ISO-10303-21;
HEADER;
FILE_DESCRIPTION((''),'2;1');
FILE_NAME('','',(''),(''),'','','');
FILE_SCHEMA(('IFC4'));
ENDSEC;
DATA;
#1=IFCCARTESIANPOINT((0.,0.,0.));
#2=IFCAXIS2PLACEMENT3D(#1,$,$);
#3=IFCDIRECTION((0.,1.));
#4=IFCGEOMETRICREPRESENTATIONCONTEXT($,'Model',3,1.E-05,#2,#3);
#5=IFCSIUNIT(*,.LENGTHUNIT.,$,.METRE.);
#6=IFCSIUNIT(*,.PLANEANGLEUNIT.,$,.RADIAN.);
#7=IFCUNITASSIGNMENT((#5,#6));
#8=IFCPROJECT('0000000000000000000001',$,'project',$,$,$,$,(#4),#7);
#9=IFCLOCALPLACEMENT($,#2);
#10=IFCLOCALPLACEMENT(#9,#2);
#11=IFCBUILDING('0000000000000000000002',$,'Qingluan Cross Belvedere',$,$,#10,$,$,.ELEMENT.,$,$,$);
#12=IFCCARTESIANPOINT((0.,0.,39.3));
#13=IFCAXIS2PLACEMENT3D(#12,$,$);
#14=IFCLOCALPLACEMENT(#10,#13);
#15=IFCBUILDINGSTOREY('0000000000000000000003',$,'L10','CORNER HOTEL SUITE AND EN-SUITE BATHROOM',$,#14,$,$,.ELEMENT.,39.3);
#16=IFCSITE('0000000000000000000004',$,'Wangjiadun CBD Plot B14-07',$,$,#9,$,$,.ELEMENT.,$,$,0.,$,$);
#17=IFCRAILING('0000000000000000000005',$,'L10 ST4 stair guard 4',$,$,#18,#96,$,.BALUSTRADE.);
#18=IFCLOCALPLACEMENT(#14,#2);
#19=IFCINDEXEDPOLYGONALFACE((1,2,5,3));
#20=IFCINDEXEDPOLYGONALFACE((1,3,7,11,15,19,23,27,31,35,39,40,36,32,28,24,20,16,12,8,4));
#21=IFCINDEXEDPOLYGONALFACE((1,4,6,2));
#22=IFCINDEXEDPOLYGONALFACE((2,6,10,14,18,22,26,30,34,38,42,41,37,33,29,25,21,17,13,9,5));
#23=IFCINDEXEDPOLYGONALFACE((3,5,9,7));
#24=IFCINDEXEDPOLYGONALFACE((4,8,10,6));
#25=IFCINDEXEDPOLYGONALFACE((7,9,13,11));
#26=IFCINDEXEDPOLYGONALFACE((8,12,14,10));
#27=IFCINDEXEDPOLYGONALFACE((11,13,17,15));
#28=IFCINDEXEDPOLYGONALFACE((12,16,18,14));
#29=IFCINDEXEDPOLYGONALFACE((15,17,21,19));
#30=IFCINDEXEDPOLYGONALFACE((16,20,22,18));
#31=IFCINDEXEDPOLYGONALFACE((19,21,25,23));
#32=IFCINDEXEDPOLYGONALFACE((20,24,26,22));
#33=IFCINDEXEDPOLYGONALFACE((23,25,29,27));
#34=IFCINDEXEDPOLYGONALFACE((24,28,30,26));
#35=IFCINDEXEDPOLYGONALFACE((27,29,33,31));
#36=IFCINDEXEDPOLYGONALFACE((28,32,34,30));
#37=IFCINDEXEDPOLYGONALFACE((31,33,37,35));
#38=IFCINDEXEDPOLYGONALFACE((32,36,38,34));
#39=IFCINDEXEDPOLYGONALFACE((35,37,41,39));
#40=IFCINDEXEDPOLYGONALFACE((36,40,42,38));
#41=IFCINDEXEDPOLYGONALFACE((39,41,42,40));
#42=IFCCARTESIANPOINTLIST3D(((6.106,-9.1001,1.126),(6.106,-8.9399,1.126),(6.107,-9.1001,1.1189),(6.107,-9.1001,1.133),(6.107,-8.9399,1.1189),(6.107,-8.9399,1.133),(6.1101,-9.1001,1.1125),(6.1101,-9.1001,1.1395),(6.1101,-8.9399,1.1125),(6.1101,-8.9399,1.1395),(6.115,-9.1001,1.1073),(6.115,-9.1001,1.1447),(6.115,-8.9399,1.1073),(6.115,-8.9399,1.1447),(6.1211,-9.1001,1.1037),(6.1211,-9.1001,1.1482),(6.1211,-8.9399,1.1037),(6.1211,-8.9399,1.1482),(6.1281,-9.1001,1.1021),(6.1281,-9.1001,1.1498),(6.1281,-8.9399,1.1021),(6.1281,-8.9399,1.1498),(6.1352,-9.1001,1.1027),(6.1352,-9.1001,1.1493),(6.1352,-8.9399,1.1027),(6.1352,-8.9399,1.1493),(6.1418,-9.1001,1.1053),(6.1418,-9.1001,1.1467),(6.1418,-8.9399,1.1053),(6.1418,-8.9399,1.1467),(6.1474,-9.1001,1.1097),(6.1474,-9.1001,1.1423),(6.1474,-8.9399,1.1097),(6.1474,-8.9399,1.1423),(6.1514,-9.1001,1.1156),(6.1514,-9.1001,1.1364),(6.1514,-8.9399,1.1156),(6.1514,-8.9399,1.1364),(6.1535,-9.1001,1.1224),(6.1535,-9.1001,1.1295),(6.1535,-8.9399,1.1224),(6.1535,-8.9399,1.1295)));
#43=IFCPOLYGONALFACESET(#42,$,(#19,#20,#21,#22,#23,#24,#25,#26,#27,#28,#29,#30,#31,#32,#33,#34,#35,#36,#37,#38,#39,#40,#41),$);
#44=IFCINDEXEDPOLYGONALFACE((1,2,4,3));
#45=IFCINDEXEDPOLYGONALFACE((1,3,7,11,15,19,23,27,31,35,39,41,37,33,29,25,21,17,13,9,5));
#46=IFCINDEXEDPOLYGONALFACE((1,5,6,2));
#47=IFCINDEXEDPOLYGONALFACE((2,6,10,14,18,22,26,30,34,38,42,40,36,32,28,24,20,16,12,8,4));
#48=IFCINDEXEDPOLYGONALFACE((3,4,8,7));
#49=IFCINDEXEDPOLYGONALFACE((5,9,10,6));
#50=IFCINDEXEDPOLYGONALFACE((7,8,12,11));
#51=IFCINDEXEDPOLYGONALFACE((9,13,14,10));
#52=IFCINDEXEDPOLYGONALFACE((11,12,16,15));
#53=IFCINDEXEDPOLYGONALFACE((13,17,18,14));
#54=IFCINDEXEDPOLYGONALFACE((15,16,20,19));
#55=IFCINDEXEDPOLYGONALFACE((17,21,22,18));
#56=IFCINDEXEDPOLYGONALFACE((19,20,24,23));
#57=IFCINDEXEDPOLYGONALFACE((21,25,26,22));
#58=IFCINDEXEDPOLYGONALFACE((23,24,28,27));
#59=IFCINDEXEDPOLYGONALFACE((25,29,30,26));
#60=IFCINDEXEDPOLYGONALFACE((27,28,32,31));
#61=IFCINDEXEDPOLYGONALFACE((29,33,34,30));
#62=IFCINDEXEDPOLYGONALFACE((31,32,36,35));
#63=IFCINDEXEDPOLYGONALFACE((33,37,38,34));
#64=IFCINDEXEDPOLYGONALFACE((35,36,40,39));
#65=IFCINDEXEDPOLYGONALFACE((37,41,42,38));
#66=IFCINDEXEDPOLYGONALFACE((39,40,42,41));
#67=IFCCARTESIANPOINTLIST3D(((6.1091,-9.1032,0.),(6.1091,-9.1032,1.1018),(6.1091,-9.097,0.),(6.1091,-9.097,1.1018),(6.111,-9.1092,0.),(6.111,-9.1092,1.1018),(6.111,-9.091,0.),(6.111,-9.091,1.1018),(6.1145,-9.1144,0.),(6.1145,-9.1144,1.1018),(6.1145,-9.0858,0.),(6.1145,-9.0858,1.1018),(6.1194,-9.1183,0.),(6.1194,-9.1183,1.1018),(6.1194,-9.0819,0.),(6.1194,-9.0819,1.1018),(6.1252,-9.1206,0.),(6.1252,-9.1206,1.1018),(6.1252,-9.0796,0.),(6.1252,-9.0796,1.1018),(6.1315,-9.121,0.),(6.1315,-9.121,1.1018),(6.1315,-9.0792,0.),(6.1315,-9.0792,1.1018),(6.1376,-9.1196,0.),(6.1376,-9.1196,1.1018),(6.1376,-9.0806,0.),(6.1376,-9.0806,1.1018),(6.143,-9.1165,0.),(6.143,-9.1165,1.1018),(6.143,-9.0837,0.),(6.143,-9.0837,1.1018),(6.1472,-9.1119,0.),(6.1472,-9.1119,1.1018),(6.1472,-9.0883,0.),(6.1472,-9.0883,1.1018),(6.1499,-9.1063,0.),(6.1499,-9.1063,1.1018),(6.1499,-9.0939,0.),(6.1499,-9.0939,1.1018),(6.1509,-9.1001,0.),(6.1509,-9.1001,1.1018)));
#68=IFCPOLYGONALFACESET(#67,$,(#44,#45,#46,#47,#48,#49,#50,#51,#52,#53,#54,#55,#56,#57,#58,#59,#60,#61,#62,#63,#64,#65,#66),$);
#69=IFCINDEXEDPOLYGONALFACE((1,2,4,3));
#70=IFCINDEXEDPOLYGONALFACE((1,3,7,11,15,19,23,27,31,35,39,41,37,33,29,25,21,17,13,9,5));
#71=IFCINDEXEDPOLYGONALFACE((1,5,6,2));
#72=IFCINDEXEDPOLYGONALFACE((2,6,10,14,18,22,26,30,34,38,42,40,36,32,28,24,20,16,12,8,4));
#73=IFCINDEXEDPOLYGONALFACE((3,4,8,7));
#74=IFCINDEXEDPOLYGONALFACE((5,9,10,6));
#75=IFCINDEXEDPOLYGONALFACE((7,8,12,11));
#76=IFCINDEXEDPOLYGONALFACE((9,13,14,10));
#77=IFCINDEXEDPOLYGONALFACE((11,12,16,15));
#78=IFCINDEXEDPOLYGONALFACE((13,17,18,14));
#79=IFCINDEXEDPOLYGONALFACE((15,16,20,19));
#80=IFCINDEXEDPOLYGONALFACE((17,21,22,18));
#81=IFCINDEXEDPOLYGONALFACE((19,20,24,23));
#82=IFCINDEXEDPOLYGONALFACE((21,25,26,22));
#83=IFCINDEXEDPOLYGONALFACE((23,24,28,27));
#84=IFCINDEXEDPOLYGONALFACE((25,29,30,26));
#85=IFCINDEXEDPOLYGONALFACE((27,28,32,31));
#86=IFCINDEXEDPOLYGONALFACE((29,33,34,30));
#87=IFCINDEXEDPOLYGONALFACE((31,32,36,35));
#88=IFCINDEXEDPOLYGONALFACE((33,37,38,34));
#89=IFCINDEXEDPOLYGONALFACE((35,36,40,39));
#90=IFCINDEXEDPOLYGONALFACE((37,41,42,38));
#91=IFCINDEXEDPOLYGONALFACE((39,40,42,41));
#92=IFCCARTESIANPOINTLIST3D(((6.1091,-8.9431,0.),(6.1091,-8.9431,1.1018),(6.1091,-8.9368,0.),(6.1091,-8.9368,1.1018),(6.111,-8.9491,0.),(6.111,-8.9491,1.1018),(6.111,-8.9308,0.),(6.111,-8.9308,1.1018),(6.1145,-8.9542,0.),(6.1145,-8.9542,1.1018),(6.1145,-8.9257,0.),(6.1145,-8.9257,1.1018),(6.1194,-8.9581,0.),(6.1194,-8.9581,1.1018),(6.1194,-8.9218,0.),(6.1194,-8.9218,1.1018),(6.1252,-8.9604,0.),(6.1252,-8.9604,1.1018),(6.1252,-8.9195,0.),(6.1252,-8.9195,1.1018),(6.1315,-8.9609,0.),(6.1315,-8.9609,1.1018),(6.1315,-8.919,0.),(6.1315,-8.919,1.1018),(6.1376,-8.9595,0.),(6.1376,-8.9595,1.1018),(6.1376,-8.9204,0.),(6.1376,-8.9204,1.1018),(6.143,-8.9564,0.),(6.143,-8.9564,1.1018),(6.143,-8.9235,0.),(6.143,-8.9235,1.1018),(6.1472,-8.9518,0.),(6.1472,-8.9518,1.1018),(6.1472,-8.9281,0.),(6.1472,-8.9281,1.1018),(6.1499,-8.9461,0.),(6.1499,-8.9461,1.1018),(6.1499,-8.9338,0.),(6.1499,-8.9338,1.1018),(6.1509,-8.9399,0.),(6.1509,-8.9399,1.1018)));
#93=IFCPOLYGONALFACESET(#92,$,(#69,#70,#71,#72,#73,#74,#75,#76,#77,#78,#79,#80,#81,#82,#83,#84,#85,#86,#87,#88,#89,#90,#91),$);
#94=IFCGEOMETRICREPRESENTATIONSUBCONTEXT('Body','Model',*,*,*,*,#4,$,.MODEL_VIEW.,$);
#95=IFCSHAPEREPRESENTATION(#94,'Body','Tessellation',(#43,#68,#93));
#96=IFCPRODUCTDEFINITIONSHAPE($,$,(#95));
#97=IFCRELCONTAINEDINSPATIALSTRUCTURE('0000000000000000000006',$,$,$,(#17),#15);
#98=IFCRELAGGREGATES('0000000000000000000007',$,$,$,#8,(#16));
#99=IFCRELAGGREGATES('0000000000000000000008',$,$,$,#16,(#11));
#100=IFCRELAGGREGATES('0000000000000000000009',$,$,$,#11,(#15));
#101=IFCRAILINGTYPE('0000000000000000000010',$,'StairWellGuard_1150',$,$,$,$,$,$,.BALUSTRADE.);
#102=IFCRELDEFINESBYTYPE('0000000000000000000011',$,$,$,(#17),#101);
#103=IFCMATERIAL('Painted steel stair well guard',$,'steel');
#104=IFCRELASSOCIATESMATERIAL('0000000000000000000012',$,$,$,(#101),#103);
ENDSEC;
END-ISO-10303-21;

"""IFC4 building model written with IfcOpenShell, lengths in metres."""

from ifc_helpers import new_model, si_unit, direction, frame, origin, origin_2d, place, context, subcontext, project, spatial, circle, extrude, material, type_object, element, save


model = new_model("IFC4")

# Units and contexts
model_context = context("Model", 3, precision=1e-05, world=origin(), true_north=direction((0.0, 1.0)))
body_context = subcontext(model_context, "Body", "Model", "MODEL_VIEW")
ifc_project = project(units=[si_unit("LENGTHUNIT", "METRE"), si_unit("PLANEANGLEUNIT", "RADIAN")], contexts=[model_context])

# Site, building, storey
site_placement = place(None, origin())
site = spatial("IfcSite", under=ifc_project, at=site_placement, Name="Wangjiadun CBD Plot B14-07", CompositionType="ELEMENT", RefElevation=0.0)
building_placement = place(site_placement, origin())
building = spatial("IfcBuilding", under=site, at=building_placement, Name="Qingluan Cross Belvedere", CompositionType="ELEMENT")
storey_placement = place(building_placement, frame((0.0, 0.0, 39.3)))
storey = spatial("IfcBuildingStorey", under=building, at=storey_placement, Name="L10", Description="CORNER HOTEL SUITE AND EN-SUITE BATHROOM", CompositionType="ELEMENT", Elevation=39.3)

# Railing
ifc_material_1 = material(Name="Painted steel stair well guard", Category="steel")
railing_type_1 = type_object("IfcRailingType", Name="StairWellGuard_1150", PredefinedType="BALUSTRADE", material=ifc_material_1)
railing_1_placement = place(storey_placement, frame((6.1299, -9.1001, 0.0)))
element("IfcRailing", 1, at=railing_1_placement, inside=storey, type_object=railing_type_1, Name="L10 ST4 stair guard 4", PredefinedType="BALUSTRADE", context=body_context, shape_type="SweptSolid", body=[
    extrude(circle(Radius=0.0239, at=origin_2d()), frame((0.0, 0.0, 1.126), z_axis=(0.0, 1.0, 0.0), x_axis=(-1.0, 0.0, 0.0)), (0.0, 0.0, 1.0), 0.1602),
    extrude(circle(Radius=0.021, at=origin_2d()), origin(), (0.0, 0.0, 1.0), 1.1018),
    extrude(circle(Radius=0.021, at=origin_2d()), frame((0.0, 0.1602, 0.0)), (0.0, 0.0, 1.0), 1.1018),
])

save(model, "model.ifc")
